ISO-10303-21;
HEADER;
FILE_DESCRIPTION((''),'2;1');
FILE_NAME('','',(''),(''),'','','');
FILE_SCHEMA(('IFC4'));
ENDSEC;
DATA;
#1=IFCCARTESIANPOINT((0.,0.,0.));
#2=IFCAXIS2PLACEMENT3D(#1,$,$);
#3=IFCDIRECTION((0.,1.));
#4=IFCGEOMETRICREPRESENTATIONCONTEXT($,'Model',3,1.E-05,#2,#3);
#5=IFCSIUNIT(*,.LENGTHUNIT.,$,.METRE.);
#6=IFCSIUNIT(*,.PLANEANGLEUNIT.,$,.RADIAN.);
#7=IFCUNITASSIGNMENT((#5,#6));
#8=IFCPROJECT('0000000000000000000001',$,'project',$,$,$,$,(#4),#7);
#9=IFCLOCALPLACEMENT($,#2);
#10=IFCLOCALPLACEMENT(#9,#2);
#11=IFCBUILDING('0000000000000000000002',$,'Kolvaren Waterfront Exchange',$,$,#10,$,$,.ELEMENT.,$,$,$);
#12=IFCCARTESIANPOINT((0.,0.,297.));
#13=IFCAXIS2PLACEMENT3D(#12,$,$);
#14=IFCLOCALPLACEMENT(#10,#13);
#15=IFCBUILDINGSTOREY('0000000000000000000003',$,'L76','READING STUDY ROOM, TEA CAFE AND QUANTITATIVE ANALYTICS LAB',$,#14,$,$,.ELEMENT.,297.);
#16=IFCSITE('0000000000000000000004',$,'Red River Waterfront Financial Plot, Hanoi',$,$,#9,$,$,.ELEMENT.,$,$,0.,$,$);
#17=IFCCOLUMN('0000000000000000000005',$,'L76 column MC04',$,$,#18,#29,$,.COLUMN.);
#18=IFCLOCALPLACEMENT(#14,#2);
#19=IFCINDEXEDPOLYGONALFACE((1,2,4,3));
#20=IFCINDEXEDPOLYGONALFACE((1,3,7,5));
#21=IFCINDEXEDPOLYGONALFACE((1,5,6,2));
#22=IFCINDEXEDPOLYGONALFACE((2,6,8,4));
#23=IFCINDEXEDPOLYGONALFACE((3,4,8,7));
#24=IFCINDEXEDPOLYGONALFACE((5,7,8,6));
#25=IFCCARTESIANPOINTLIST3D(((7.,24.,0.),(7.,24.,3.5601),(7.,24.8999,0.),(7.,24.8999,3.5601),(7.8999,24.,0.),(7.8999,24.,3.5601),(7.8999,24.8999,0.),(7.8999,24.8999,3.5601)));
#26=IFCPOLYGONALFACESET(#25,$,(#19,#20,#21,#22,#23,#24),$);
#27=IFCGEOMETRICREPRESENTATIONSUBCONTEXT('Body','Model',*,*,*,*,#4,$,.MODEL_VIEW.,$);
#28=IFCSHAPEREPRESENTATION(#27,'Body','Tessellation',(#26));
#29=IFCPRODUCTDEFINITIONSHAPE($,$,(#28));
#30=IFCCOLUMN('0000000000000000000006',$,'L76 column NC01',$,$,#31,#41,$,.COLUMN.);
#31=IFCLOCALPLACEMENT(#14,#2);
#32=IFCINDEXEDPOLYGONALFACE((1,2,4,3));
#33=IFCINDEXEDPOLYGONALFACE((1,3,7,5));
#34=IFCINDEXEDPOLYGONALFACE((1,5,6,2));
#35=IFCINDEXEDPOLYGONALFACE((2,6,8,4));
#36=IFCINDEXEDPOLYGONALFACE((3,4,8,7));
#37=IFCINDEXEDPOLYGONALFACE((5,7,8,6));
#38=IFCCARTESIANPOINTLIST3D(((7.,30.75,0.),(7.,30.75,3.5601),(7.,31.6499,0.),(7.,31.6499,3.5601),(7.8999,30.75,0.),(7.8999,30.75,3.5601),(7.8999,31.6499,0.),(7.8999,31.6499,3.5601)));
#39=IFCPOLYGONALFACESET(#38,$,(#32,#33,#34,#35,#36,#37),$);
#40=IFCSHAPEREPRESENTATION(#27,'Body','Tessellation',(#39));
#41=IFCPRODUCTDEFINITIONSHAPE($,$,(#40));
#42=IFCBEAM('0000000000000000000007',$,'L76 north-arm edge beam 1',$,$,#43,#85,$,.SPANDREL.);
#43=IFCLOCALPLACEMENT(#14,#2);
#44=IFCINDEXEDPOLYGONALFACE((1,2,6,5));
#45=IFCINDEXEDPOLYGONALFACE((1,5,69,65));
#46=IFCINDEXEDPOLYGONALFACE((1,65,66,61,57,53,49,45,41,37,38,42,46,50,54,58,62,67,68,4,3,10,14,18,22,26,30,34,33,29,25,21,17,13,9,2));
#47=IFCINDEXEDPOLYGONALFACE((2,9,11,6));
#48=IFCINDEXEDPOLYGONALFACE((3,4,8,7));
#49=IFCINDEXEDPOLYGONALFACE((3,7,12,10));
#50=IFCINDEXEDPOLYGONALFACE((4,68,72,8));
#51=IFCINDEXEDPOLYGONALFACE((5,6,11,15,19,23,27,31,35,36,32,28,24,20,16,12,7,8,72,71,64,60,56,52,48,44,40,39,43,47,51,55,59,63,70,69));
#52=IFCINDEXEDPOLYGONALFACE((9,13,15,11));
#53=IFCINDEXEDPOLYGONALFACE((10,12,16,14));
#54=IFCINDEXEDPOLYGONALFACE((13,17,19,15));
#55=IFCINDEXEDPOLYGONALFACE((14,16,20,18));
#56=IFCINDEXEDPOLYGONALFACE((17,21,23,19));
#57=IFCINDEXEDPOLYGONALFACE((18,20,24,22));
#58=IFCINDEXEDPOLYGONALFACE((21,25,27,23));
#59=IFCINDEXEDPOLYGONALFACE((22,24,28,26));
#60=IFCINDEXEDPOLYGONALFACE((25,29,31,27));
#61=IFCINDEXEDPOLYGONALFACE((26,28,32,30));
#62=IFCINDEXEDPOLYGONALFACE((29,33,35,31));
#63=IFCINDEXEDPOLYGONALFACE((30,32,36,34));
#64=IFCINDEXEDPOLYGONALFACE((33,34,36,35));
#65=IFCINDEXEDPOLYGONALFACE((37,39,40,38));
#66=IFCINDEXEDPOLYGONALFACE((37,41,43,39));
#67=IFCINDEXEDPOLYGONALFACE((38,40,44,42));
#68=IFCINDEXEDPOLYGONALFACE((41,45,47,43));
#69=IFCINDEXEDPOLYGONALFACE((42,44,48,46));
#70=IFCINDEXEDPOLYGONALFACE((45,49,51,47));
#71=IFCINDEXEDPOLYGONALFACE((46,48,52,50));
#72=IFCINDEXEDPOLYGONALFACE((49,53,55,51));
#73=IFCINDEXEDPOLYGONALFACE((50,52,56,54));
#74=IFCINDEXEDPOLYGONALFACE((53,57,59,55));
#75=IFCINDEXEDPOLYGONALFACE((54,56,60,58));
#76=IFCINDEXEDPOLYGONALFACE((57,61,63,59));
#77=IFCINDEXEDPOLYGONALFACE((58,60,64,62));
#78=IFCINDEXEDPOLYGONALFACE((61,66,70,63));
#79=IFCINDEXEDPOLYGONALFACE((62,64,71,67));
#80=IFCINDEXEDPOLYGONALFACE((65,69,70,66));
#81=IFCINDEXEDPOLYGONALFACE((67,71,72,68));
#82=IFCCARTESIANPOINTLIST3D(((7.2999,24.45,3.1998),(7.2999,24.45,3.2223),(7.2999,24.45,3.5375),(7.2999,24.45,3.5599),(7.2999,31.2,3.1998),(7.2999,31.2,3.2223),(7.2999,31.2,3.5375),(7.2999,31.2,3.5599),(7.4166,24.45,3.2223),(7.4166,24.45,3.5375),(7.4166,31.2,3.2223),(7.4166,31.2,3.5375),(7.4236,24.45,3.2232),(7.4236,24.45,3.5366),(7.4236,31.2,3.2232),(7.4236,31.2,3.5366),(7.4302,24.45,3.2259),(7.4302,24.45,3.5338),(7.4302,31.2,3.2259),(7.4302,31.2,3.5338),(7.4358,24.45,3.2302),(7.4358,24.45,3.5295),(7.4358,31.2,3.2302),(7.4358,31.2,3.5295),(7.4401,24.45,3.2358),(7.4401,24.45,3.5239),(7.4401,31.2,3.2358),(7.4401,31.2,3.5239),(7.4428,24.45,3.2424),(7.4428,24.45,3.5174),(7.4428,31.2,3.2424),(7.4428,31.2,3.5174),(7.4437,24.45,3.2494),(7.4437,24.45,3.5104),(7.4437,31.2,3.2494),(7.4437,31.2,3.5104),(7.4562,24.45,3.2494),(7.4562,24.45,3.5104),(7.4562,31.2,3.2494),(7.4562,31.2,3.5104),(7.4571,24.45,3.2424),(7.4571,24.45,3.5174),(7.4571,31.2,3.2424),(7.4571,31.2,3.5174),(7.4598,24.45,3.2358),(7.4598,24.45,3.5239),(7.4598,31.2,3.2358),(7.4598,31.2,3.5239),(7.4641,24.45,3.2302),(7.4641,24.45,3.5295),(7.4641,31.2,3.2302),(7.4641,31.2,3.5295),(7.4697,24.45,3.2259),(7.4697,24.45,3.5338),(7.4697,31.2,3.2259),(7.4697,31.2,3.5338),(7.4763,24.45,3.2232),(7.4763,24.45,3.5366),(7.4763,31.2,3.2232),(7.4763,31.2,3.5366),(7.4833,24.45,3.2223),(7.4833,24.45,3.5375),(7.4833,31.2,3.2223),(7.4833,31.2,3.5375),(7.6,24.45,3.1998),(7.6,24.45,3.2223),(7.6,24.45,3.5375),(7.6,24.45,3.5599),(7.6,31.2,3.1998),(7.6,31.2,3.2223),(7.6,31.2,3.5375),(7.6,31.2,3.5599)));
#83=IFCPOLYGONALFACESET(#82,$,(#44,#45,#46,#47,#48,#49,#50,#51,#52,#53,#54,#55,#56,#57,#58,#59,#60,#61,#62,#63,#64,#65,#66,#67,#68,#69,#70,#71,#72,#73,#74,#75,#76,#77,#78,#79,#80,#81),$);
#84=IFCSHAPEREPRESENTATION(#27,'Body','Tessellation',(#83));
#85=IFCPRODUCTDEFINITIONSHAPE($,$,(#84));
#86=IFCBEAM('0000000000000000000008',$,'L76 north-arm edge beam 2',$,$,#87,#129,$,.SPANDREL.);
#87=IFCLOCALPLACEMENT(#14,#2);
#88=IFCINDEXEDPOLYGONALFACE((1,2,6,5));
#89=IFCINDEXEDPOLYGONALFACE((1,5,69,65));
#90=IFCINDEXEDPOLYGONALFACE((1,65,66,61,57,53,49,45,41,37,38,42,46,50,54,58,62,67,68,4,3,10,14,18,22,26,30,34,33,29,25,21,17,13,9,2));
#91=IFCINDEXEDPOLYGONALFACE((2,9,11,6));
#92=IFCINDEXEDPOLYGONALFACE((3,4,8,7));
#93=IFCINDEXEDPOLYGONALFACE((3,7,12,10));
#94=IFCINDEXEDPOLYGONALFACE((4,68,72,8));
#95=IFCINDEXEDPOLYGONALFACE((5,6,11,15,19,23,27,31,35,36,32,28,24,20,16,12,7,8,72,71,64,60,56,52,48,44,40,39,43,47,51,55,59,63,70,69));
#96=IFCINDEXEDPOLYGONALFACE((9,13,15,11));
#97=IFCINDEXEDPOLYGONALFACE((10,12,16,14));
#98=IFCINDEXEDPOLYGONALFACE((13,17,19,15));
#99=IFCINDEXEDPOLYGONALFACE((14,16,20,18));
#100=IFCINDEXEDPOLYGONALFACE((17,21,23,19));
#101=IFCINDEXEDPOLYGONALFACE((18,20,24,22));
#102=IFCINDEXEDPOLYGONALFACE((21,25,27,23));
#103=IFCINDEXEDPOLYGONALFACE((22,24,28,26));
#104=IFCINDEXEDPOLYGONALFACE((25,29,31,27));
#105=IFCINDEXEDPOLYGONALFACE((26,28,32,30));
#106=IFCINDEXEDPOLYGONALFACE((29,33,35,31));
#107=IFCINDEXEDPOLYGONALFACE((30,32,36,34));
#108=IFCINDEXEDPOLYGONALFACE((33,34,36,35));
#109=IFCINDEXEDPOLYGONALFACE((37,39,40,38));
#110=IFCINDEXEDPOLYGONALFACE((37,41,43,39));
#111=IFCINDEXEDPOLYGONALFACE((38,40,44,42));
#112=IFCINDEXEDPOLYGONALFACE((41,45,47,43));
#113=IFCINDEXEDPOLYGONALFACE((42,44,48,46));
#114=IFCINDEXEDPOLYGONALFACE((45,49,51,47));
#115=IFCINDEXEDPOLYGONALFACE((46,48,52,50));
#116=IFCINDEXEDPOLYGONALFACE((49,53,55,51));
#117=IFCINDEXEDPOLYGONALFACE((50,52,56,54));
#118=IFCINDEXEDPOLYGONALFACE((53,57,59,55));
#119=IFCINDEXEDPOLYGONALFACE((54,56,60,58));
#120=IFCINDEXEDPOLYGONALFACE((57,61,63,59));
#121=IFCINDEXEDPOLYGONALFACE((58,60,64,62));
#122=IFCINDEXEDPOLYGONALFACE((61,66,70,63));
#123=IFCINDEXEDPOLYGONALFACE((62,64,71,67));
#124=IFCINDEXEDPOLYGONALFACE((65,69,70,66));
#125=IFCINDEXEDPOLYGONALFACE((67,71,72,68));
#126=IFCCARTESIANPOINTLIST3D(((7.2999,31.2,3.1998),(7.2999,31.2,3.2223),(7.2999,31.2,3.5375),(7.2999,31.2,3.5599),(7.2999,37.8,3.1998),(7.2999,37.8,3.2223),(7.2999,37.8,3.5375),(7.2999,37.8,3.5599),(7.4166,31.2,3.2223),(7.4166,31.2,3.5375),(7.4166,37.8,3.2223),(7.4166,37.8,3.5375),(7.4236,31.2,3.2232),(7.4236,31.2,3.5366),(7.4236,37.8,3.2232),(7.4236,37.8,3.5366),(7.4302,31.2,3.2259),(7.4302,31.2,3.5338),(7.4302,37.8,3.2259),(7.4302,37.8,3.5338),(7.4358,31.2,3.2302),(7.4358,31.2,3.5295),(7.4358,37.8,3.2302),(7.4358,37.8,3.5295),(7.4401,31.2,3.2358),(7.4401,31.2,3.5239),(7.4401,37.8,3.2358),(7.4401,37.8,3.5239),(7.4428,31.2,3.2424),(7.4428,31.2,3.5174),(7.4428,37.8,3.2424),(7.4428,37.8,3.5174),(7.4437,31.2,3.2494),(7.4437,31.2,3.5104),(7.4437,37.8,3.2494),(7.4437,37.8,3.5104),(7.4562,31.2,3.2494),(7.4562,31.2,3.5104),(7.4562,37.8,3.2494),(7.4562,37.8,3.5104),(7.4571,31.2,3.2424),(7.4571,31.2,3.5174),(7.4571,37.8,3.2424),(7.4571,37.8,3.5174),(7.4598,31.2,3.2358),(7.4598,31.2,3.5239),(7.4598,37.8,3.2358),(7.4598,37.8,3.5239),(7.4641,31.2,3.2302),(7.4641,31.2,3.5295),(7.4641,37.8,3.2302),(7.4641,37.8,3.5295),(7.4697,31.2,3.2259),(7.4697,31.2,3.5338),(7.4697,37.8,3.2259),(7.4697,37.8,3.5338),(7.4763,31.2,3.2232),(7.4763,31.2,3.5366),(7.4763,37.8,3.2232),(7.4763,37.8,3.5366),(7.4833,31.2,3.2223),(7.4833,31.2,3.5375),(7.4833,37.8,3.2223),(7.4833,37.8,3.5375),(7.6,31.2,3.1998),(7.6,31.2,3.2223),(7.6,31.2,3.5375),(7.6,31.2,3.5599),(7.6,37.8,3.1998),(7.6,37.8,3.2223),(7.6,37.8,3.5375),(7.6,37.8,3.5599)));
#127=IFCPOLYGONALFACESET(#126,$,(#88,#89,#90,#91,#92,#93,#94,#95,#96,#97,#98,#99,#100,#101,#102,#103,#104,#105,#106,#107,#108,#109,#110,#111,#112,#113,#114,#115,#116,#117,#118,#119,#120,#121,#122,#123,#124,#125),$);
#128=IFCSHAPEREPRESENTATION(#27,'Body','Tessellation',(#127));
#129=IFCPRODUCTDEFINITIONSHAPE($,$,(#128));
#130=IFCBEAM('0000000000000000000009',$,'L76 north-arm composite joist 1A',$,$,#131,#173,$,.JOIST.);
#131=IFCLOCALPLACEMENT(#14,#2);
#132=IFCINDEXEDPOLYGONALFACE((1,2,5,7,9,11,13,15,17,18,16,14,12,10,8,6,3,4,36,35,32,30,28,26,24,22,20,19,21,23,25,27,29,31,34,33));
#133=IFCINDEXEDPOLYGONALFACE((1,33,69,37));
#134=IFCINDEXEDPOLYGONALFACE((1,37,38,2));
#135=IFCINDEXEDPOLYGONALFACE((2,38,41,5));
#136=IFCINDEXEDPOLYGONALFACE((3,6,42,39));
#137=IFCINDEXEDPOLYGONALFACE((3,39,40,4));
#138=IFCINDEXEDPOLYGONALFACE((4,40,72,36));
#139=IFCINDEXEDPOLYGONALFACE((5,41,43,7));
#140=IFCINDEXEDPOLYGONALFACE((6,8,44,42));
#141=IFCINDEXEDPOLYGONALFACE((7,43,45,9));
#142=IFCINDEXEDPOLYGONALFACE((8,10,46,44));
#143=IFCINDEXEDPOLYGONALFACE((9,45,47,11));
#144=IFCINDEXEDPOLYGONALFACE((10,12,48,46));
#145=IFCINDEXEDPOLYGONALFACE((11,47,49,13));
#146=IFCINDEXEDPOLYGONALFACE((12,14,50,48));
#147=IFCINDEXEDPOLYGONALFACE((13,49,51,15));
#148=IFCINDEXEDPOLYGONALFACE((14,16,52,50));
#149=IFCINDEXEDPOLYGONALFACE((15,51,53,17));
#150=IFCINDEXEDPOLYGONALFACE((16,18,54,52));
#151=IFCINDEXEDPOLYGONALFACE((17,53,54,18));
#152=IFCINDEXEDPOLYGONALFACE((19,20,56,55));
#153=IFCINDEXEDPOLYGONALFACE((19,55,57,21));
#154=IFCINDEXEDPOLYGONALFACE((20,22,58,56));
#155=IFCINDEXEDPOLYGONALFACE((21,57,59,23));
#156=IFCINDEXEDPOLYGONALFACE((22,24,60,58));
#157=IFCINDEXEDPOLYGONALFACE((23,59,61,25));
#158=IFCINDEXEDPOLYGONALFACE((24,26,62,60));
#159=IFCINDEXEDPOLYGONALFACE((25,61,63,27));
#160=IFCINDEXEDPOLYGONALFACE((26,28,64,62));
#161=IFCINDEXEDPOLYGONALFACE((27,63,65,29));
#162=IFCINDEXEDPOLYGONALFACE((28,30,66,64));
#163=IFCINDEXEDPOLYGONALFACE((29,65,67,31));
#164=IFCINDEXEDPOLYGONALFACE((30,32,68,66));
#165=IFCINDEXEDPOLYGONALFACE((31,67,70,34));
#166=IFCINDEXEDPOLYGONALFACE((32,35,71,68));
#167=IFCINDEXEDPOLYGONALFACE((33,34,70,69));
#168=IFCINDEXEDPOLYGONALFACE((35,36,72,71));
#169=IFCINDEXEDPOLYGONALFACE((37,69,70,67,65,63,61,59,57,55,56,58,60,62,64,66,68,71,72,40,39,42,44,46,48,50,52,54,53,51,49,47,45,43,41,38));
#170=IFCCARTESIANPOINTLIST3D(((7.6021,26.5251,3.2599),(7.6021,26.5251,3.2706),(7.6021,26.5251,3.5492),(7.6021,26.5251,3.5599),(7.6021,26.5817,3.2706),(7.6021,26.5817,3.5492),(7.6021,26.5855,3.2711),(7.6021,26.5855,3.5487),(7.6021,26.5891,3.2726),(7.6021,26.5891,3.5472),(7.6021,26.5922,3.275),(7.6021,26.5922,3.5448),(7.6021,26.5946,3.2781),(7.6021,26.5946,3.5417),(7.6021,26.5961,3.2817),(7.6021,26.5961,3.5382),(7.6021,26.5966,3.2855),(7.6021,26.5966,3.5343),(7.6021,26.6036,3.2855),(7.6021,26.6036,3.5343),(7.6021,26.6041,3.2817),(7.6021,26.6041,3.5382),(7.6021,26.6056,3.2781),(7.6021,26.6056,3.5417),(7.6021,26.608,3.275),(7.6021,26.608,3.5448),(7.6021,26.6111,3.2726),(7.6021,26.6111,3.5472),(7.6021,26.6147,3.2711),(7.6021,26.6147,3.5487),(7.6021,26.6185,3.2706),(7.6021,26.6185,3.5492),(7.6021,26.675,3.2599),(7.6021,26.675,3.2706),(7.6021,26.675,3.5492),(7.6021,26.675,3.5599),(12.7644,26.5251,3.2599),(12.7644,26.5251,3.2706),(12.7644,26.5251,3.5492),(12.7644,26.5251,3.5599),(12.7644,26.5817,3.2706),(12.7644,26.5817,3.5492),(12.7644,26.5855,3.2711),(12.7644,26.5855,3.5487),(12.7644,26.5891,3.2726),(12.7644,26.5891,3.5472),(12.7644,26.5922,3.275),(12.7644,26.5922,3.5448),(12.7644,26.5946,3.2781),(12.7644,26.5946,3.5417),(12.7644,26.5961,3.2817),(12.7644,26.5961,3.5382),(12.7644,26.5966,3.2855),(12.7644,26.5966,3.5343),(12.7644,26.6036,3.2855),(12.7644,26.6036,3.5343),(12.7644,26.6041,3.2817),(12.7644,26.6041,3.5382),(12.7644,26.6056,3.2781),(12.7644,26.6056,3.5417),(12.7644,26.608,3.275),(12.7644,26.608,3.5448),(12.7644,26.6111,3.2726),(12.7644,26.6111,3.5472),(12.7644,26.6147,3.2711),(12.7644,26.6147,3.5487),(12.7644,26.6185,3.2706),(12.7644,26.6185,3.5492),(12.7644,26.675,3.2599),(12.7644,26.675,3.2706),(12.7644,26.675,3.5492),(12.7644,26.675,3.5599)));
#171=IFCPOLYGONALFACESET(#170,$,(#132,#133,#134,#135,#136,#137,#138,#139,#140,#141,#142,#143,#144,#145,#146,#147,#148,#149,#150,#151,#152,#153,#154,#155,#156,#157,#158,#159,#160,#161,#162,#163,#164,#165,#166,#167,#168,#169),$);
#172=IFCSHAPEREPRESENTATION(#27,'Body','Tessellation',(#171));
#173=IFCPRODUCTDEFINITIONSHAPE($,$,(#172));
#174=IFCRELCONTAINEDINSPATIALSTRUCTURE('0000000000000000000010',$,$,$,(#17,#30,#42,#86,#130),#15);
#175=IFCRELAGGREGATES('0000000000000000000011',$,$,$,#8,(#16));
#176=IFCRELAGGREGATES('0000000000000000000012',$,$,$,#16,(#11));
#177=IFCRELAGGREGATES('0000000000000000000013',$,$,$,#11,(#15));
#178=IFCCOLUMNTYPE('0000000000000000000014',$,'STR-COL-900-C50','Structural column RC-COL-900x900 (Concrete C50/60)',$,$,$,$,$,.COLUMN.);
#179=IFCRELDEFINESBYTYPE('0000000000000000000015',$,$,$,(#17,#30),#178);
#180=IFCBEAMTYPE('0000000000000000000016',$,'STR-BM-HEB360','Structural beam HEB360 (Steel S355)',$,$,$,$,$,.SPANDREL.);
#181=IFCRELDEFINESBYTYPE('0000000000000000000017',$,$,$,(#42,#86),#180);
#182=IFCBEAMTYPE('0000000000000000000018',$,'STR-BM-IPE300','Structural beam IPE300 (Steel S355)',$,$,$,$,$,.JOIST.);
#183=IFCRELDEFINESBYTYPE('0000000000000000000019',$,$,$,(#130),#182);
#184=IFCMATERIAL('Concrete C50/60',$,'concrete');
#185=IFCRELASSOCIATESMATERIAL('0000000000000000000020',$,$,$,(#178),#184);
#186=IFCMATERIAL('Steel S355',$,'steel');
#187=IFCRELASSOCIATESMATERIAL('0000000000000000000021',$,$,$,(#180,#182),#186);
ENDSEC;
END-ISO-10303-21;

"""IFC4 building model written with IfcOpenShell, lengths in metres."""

from ifc_helpers import new_model, si_unit, direction, frame, origin, origin_2d, place, context, subcontext, project, spatial, rectangle, i_section, extrude, material, material_profile, profile_set, type_object, element, save


model = new_model("IFC4")

# Units and contexts
model_context = context("Model", 3, precision=1e-05, world=origin(), true_north=direction((0.0, 1.0)))
body_context = subcontext(model_context, "Body", "Model", "MODEL_VIEW")
ifc_project = project(units=[si_unit("LENGTHUNIT", "METRE"), si_unit("PLANEANGLEUNIT", "RADIAN")], contexts=[model_context])

# Site, building, storey
site_placement = place(None, origin())
site = spatial("IfcSite", under=ifc_project, at=site_placement, Name="Red River Waterfront Financial Plot, Hanoi", CompositionType="ELEMENT", RefElevation=0.0)
building_placement = place(site_placement, origin())
building = spatial("IfcBuilding", under=site, at=building_placement, Name="Kolvaren Waterfront Exchange", CompositionType="ELEMENT")
storey_placement = place(building_placement, frame((0.0, 0.0, 297.0)))
storey = spatial("IfcBuildingStorey", under=building, at=storey_placement, Name="L76", Description="READING STUDY ROOM, TEA CAFE AND QUANTITATIVE ANALYTICS LAB", CompositionType="ELEMENT", Elevation=297.0)

# Columns
ifc_material_1 = material(Name="Concrete C50/60", Category="concrete")
ifc_material_profile_1 = material_profile(ifc_material_1, rectangle(XDim=0.8999, YDim=0.8999, at=origin_2d()), Name="RC-COL-900x900")
ifc_profile_set_1 = profile_set([ifc_material_profile_1], Name="Concrete C50/60")
column_type = type_object("IfcColumnType", Name="STR-COL-900-C50", Description="Structural column RC-COL-900x900 (Concrete C50/60)", PredefinedType="COLUMN", material=ifc_profile_set_1)
for number, where, z_axis, x_axis, name in (
    (1, (7.45, 24.45, 0.0), (0.0, 0.0, 1.0), (1.0, 0.0, 0.0), "L76 column MC04"),
    (2, (7.45, 31.2, 0.0), (0.0, 0.0, 1.0), (1.0, 0.0, 0.0), "L76 column NC01"),
):
    element("IfcColumn", number, at=place(storey_placement, frame(where, z_axis=z_axis, x_axis=x_axis)), inside=storey, type_object=column_type, Name=name, PredefinedType="COLUMN", context=body_context, shape_type="SweptSolid", body=[
        extrude(rectangle(XDim=0.8999, YDim=0.8999, at=origin_2d()), origin(), (0.0, 0.0, 1.0), 3.5601),
    ])

# Beams
ifc_material_2 = material(Name="Steel S355", Category="steel")
ifc_material_profile_2 = material_profile(ifc_material_2, i_section(OverallWidth=0.3, OverallDepth=0.3601, WebThickness=0.0125, FlangeThickness=0.0225, FilletRadius=0.0271, at=origin_2d()), Name="HEB360")
ifc_profile_set_2 = profile_set([ifc_material_profile_2], Name="Steel S355")
beam_type_1 = type_object("IfcBeamType", Name="STR-BM-HEB360", Description="Structural beam HEB360 (Steel S355)", PredefinedType="SPANDREL", material=ifc_profile_set_2)
beam_1_placement = place(storey_placement, frame((7.45, 24.45, 3.3799), z_axis=(0.0, 1.0, 0.0), x_axis=(-1.0, 0.0, 0.0)))
element("IfcBeam", 3, at=beam_1_placement, inside=storey, type_object=beam_type_1, Name="L76 north-arm edge beam 1", PredefinedType="SPANDREL", context=body_context, shape_type="SweptSolid", body=[
    extrude(i_section(OverallWidth=0.3, OverallDepth=0.3601, WebThickness=0.0125, FlangeThickness=0.0225, FilletRadius=0.0271, at=origin_2d()), origin(), (0.0, 0.0, 1.0), 6.75),
])
beam_2_placement = place(storey_placement, frame((7.45, 31.2, 3.3799), z_axis=(0.0, 1.0, 0.0), x_axis=(-1.0, 0.0, 0.0)))
element("IfcBeam", 4, at=beam_2_placement, inside=storey, type_object=beam_type_1, Name="L76 north-arm edge beam 2", PredefinedType="SPANDREL", context=body_context, shape_type="SweptSolid", body=[
    extrude(i_section(OverallWidth=0.3, OverallDepth=0.3601, WebThickness=0.0125, FlangeThickness=0.0225, FilletRadius=0.0271, at=origin_2d()), origin(), (0.0, 0.0, 1.0), 6.6001),
])
ifc_material_profile_3 = material_profile(ifc_material_2, i_section(OverallWidth=0.1499, OverallDepth=0.3, WebThickness=0.0071, FlangeThickness=0.0107, FilletRadius=0.0149, at=origin_2d()), Name="IPE300")
ifc_profile_set_3 = profile_set([ifc_material_profile_3], Name="Steel S355")
beam_type_2 = type_object("IfcBeamType", Name="STR-BM-IPE300", Description="Structural beam IPE300 (Steel S355)", PredefinedType="JOIST", material=ifc_profile_set_3)
for number, where, z_axis, x_axis, name in (
    (5, (7.6021, 26.6001, 3.4099), (1.0, 0.0, 0.0), (0.0, 1.0, 0.0), "L76 north-arm composite joist 1A"),
):
    element("IfcBeam", number, at=place(storey_placement, frame(where, z_axis=z_axis, x_axis=x_axis)), inside=storey, type_object=beam_type_2, Name=name, PredefinedType="JOIST", context=body_context, shape_type="SweptSolid", body=[
        extrude(i_section(OverallWidth=0.1499, OverallDepth=0.3, WebThickness=0.0071, FlangeThickness=0.0107, FilletRadius=0.0149, at=origin_2d()), origin(), (0.0, 0.0, 1.0), 5.1624),
    ])

save(model, "model.ifc")
